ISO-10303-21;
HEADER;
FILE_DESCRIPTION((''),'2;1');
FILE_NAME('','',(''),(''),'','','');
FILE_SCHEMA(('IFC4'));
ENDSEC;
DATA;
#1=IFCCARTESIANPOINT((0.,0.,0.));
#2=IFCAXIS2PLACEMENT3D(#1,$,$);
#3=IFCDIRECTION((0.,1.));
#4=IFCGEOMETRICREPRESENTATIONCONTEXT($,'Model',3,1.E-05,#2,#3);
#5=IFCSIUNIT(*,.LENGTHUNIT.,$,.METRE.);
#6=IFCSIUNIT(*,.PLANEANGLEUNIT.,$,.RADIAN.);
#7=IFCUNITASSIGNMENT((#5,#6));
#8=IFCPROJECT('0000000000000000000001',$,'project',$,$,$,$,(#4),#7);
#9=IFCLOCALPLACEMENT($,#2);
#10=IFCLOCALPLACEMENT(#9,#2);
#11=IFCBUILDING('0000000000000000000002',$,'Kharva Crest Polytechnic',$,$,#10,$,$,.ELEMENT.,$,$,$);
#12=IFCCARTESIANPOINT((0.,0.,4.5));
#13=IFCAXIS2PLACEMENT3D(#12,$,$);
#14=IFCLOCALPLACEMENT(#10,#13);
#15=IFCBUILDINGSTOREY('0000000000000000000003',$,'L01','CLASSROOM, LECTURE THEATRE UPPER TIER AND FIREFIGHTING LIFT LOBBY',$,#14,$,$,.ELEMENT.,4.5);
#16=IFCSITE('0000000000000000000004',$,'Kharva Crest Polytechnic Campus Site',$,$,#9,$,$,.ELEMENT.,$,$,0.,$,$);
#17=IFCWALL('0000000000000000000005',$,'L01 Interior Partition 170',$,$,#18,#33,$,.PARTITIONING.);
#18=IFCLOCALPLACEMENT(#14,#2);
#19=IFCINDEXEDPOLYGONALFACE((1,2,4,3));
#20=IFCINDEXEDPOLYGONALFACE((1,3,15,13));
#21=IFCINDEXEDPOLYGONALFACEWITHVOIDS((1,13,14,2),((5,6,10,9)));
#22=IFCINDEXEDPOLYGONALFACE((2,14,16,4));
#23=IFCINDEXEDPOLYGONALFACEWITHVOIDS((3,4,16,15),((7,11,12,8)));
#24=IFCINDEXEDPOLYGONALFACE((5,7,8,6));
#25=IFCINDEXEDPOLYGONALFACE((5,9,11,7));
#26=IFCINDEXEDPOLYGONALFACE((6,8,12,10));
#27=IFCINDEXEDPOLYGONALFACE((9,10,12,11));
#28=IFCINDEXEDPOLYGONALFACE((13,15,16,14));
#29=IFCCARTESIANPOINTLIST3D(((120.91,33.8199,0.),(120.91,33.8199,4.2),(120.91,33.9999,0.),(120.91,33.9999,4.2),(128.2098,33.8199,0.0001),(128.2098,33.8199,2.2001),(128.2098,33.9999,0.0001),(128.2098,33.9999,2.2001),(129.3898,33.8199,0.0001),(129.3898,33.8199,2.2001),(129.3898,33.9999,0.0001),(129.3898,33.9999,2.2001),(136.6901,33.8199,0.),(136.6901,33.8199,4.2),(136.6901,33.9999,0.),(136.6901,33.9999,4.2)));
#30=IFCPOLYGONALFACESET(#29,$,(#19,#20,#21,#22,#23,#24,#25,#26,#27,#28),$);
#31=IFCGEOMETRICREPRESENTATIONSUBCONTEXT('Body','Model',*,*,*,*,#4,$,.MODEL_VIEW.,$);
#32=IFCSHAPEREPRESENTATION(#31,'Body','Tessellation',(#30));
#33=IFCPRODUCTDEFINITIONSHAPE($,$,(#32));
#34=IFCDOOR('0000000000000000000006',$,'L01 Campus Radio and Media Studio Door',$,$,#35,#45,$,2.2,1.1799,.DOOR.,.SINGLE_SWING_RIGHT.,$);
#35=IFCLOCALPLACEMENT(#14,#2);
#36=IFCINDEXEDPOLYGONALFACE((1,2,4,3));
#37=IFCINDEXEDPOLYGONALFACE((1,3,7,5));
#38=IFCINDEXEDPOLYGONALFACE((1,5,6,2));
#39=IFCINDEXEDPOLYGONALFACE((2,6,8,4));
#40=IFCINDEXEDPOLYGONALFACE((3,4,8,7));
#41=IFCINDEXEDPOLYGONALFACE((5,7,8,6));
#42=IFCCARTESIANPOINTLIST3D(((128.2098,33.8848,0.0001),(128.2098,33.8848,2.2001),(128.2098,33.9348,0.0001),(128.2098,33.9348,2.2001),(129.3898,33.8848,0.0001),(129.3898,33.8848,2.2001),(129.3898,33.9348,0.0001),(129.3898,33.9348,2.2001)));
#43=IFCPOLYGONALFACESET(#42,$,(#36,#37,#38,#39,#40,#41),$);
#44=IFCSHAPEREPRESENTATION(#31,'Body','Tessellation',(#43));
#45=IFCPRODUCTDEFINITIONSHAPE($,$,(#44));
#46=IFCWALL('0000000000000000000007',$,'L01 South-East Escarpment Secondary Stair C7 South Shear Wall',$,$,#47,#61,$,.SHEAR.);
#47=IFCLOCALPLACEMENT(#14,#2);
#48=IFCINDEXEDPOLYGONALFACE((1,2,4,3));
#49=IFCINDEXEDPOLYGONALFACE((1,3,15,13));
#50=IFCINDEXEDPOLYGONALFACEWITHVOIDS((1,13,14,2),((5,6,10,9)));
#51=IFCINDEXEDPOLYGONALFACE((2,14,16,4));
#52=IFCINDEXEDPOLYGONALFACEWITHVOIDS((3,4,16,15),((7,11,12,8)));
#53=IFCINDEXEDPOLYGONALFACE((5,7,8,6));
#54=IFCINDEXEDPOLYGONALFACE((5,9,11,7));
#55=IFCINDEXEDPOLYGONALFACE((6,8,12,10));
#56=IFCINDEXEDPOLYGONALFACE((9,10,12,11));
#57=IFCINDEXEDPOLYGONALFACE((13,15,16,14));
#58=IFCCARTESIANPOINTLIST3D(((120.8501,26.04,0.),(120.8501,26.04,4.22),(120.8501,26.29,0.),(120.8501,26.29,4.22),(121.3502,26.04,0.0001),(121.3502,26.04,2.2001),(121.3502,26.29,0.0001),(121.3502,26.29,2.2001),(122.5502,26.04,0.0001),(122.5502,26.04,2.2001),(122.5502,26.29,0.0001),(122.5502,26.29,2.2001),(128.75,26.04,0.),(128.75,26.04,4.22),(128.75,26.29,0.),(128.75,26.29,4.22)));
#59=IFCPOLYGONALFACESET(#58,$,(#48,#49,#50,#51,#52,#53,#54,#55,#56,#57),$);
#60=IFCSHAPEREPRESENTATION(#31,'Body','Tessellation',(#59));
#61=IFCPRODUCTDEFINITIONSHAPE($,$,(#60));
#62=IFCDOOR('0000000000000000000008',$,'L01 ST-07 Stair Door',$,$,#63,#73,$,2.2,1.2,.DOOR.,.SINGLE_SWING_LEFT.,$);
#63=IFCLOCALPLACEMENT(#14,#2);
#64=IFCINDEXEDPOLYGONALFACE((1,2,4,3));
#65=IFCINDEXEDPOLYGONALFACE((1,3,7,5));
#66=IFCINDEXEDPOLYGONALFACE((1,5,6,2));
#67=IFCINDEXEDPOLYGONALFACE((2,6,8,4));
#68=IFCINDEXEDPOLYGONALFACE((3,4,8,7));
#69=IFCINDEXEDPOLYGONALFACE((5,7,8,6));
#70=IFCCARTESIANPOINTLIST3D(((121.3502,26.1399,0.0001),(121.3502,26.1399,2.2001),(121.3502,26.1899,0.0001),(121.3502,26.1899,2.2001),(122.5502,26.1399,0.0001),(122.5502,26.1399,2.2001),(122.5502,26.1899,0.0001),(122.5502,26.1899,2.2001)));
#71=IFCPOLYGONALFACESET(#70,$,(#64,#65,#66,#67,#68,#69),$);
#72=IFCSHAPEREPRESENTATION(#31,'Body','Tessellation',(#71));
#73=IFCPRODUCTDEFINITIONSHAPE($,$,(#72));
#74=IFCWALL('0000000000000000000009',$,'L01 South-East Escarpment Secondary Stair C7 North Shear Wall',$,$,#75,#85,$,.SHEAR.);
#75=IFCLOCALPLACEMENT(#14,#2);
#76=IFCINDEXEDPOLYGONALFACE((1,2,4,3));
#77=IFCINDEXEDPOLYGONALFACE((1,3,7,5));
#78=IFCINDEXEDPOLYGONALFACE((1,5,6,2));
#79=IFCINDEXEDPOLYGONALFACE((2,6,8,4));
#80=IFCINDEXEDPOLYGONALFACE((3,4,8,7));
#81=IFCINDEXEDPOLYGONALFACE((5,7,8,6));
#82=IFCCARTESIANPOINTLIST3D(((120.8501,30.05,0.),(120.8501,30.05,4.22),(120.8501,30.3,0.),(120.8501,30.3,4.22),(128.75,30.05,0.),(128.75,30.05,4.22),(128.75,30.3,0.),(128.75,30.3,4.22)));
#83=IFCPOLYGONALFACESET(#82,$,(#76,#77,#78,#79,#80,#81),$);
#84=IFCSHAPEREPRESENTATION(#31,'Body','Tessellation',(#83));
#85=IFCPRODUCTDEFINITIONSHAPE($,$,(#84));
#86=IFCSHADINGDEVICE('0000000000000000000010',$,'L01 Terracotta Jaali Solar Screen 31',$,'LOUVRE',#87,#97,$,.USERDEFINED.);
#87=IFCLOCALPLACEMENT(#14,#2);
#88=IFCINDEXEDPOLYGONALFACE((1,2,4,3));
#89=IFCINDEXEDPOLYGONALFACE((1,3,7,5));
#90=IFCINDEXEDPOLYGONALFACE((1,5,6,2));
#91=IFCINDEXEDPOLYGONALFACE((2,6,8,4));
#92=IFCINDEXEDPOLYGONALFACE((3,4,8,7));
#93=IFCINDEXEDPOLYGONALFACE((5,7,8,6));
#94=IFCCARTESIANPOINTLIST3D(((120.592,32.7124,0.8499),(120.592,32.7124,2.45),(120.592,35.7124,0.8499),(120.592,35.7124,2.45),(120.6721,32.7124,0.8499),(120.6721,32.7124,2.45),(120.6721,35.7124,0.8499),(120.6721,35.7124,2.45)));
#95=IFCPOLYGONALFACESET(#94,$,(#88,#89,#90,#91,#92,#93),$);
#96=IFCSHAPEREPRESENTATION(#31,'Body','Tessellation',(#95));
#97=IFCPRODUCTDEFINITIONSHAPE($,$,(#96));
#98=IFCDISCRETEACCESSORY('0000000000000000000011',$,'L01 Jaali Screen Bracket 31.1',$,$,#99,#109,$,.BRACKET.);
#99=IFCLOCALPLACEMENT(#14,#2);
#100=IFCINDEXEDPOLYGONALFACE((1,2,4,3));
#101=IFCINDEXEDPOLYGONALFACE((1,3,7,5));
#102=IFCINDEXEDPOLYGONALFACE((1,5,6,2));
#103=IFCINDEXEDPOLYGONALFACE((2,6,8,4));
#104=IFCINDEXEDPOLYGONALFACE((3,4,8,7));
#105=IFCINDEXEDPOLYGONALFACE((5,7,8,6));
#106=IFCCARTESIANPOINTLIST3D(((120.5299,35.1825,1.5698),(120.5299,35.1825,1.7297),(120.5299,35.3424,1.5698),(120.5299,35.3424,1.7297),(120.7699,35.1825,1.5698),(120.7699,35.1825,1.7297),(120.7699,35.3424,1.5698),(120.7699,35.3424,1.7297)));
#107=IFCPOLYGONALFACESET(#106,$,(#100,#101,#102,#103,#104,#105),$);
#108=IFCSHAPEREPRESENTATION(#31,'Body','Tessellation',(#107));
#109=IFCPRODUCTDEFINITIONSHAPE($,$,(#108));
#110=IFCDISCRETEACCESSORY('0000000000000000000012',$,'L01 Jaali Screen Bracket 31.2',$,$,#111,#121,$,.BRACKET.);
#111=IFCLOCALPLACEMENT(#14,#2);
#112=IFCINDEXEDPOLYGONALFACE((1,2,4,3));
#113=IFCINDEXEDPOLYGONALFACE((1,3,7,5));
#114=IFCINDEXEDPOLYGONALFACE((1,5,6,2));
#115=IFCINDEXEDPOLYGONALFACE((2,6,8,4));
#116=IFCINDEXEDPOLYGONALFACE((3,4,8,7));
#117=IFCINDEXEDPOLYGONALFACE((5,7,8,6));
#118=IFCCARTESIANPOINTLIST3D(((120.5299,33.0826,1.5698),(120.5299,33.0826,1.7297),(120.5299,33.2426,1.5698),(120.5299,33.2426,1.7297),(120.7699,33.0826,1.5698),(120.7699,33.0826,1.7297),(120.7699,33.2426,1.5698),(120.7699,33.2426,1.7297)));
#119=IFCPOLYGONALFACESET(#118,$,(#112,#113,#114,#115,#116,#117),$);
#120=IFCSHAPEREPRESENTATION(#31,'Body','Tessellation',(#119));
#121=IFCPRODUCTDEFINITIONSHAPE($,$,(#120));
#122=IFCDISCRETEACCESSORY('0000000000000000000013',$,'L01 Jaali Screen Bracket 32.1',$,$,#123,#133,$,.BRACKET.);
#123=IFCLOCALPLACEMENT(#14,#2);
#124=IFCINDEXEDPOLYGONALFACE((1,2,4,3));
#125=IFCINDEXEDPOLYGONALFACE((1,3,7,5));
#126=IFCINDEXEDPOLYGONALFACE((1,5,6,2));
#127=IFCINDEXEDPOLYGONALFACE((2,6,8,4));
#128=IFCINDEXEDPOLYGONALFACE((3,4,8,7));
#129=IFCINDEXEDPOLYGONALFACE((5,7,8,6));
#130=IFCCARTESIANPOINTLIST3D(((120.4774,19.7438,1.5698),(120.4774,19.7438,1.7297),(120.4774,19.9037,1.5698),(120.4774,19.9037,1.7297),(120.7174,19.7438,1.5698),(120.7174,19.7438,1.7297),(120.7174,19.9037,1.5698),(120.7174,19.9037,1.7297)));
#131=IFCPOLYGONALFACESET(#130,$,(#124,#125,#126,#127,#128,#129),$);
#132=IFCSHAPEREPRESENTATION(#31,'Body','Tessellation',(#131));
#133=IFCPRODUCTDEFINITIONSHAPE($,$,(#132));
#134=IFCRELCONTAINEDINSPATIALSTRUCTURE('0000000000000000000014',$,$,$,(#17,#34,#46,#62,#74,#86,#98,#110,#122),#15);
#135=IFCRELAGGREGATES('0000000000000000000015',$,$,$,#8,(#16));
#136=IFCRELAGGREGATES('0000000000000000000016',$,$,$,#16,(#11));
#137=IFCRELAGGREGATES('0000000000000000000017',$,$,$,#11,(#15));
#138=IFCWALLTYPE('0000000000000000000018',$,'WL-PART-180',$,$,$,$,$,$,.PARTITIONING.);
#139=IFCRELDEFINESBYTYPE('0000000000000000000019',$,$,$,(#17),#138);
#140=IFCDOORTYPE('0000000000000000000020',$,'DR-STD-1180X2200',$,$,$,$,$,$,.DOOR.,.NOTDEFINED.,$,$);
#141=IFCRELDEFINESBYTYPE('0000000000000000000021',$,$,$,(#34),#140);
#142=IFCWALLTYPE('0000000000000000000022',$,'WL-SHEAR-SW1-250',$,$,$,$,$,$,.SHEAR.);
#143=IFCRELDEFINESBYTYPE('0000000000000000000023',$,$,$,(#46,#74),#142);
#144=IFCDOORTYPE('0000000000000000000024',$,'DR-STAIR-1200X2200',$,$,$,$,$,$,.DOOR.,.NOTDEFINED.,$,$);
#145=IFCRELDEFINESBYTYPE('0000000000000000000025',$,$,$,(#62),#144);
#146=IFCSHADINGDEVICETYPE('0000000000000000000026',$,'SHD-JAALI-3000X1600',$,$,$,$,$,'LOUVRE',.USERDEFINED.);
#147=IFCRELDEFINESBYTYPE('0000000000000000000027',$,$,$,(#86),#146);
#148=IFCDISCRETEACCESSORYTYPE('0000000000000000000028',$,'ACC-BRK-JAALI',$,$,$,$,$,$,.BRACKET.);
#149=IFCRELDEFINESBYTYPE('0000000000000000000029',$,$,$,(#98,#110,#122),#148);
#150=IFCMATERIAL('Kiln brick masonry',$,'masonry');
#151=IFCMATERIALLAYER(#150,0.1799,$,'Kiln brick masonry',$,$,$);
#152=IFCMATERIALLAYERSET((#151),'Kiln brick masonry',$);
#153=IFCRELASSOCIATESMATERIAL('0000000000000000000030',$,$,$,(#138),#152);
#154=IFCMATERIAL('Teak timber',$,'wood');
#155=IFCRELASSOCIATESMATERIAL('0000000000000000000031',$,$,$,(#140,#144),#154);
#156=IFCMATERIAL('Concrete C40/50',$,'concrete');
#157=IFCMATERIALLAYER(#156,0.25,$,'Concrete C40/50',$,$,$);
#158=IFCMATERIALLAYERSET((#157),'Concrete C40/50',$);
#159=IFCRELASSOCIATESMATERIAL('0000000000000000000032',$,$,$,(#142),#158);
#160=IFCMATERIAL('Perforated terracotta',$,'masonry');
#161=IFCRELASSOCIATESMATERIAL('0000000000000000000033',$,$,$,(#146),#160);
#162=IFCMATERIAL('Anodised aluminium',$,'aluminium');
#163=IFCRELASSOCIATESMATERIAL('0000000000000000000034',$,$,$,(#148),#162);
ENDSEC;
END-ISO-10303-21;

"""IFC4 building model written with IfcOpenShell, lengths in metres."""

from ifc_helpers import new_model, si_unit, direction, frame, frame_2d, origin, origin_2d, place, context, subcontext, project, spatial, rectangle, extrude, material, layer, layer_set, type_object, element, fill, save


model = new_model("IFC4")

# Units and contexts
model_context = context("Model", 3, precision=1e-05, world=origin(), true_north=direction((0.0, 1.0)))
body_context = subcontext(model_context, "Body", "Model", "MODEL_VIEW")
ifc_project = project(units=[si_unit("LENGTHUNIT", "METRE"), si_unit("PLANEANGLEUNIT", "RADIAN")], contexts=[model_context])

# Site, building, storey
site_placement = place(None, origin())
site = spatial("IfcSite", under=ifc_project, at=site_placement, Name="Kharva Crest Polytechnic Campus Site", CompositionType="ELEMENT", RefElevation=0.0)
building_placement = place(site_placement, origin())
building = spatial("IfcBuilding", under=site, at=building_placement, Name="Kharva Crest Polytechnic", CompositionType="ELEMENT")
storey_placement = place(building_placement, frame((0.0, 0.0, 4.5)))
storey = spatial("IfcBuildingStorey", under=building, at=storey_placement, Name="L01", Description="CLASSROOM, LECTURE THEATRE UPPER TIER AND FIREFIGHTING LIFT LOBBY", CompositionType="ELEMENT", Elevation=4.5)

# Shared definitions
ifc_material_1 = material(Name="Concrete C40/50", Category="concrete")

# Shared definitions
ifc_material_2 = material(Name="Kiln brick masonry", Category="masonry")
ifc_material_3 = material(Name="Anodised aluminium", Category="aluminium")

# Walls, openings, doors
ifc_layer_1 = layer(ifc_material_2, 0.1799, Name="Kiln brick masonry")
ifc_layer_set_1 = layer_set([ifc_layer_1], Name="Kiln brick masonry")
wall_type_1 = type_object("IfcWallType", Name="WL-PART-180", PredefinedType="PARTITIONING", material=ifc_layer_set_1)
wall_1_placement = place(storey_placement, frame((120.9099, 33.9099, 0.0), z_axis=(0.0, 0.0, 1.0), x_axis=(1.0, 0.0, 0.0)))
wall_1 = element("IfcWall", 1, at=wall_1_placement, inside=storey, type_object=wall_type_1, Name="L01 Interior Partition 170", PredefinedType="PARTITIONING", context=body_context, shape_type="SweptSolid", body=[
    extrude(rectangle(XDim=15.78, YDim=0.1799, at=frame_2d((7.8901, 0.0))), origin(), (0.0, 0.0, 1.0), 4.2),
])
opening_1_placement = place(wall_1_placement, frame((7.3, 0.0, 0.0)))
opening_1 = element("IfcOpeningElement", 2, at=opening_1_placement, cuts=wall_1, PredefinedType="OPENING", context=body_context, shape_type="SweptSolid", body=[
    extrude(rectangle(XDim=1.1799, YDim=2.2, at=frame_2d((0.5898, 1.1001))), frame((0.0, 0.0999, 0.0), z_axis=(0.0, -1.0, 0.0), x_axis=(1.0, 0.0, 0.0)), (0.0, 0.0, 1.0), 0.2),
])
ifc_material_4 = material(Name="Teak timber", Category="wood")
door_type_1 = type_object("IfcDoorType", Name="DR-STD-1180X2200", OperationType="NOTDEFINED", PredefinedType="DOOR", material=ifc_material_4)
door_1_placement = place(opening_1_placement, origin())
door_1 = element("IfcDoor", 3, at=door_1_placement, inside=storey, type_object=door_type_1, Name="L01 Campus Radio and Media Studio Door", OperationType="SINGLE_SWING_RIGHT", OverallHeight=2.2, OverallWidth=1.1799, PredefinedType="DOOR", context=body_context, shape_type="SweptSolid", body=[
    extrude(rectangle(XDim=1.1799, YDim=2.2, at=frame_2d((0.5898, 1.1001))), frame((0.0, 0.0249, 0.0), z_axis=(0.0, -1.0, 0.0), x_axis=(1.0, 0.0, 0.0)), (0.0, 0.0, 1.0), 0.05),
])
fill(opening_1, door_1)
ifc_layer_2 = layer(ifc_material_1, 0.25, Name="Concrete C40/50")
ifc_layer_set_2 = layer_set([ifc_layer_2], Name="Concrete C40/50")
wall_type_2 = type_object("IfcWallType", Name="WL-SHEAR-SW1-250", PredefinedType="SHEAR", material=ifc_layer_set_2)
wall_2_placement = place(storey_placement, frame((120.8501, 26.165, 0.0), z_axis=(0.0, 0.0, 1.0), x_axis=(1.0, 0.0, 0.0)))
wall_2 = element("IfcWall", 4, at=wall_2_placement, inside=storey, type_object=wall_type_2, Name="L01 South-East Escarpment Secondary Stair C7 South Shear Wall", PredefinedType="SHEAR", context=body_context, shape_type="SweptSolid", body=[
    extrude(rectangle(XDim=7.8999, YDim=0.25, at=frame_2d((3.95, 0.0))), origin(), (0.0, 0.0, 1.0), 4.22),
])
opening_2_placement = place(wall_2_placement, frame((0.5, 0.0, 0.0)))
opening_2 = element("IfcOpeningElement", 5, at=opening_2_placement, cuts=wall_2, PredefinedType="OPENING", context=body_context, shape_type="SweptSolid", body=[
    extrude(rectangle(XDim=1.2, YDim=2.2, at=frame_2d((0.6001, 1.1001))), frame((0.0, 0.135, 0.0), z_axis=(0.0, -1.0, 0.0), x_axis=(1.0, 0.0, 0.0)), (0.0, 0.0, 1.0), 0.27),
])
door_type_2 = type_object("IfcDoorType", Name="DR-STAIR-1200X2200", OperationType="NOTDEFINED", PredefinedType="DOOR", material=ifc_material_4)
door_2_placement = place(opening_2_placement, origin())
door_2 = element("IfcDoor", 6, at=door_2_placement, inside=storey, type_object=door_type_2, Name="L01 ST-07 Stair Door", OperationType="SINGLE_SWING_LEFT", OverallHeight=2.2, OverallWidth=1.2, PredefinedType="DOOR", context=body_context, shape_type="SweptSolid", body=[
    extrude(rectangle(XDim=1.2, YDim=2.2, at=frame_2d((0.6001, 1.1001))), frame((0.0, 0.0249, 0.0), z_axis=(0.0, -1.0, 0.0), x_axis=(1.0, 0.0, 0.0)), (0.0, 0.0, 1.0), 0.05),
])
fill(opening_2, door_2)

# Wall
wall_3_placement = place(storey_placement, frame((120.8501, 30.175, 0.0), z_axis=(0.0, 0.0, 1.0), x_axis=(1.0, 0.0, 0.0)))
element("IfcWall", 7, at=wall_3_placement, inside=storey, type_object=wall_type_2, Name="L01 South-East Escarpment Secondary Stair C7 North Shear Wall", PredefinedType="SHEAR", context=body_context, shape_type="SweptSolid", body=[
    extrude(rectangle(XDim=7.8999, YDim=0.25, at=frame_2d((3.95, 0.0))), origin(), (0.0, 0.0, 1.0), 4.22),
])

# Shading device
ifc_material_5 = material(Name="Perforated terracotta", Category="masonry")
shading_device_type = type_object("IfcShadingDeviceType", Name="SHD-JAALI-3000X1600", ElementType="LOUVRE", PredefinedType="USERDEFINED", material=ifc_material_5)
shading_device_placement = place(storey_placement, frame((120.6321, 34.2124, 0.8499), z_axis=(0.0, 0.0, 1.0), x_axis=(0.0, 1.0, 0.0)))
element("IfcShadingDevice", 8, at=shading_device_placement, inside=storey, type_object=shading_device_type, Name="L01 Terracotta Jaali Solar Screen 31", ObjectType="LOUVRE", PredefinedType="USERDEFINED", context=body_context, shape_type="SweptSolid", body=[
    extrude(rectangle(XDim=3.0, YDim=0.0801, at=origin_2d()), origin(), (0.0, 0.0, 1.0), 1.6001),
])

# Discrete accessories
discrete_accessory_type = type_object("IfcDiscreteAccessoryType", Name="ACC-BRK-JAALI", PredefinedType="BRACKET", material=ifc_material_3)
for number, where, z_axis, x_axis, name in (
    (9, (120.6499, 35.2625, 1.5698), (0.0, 0.0, 1.0), (0.0, 1.0, 0.0), "L01 Jaali Screen Bracket 31.1"),
    (10, (120.6499, 33.1626, 1.5698), (0.0, 0.0, 1.0), (0.0, 1.0, 0.0), "L01 Jaali Screen Bracket 31.2"),
    (11, (120.5974, 19.8237, 1.5698), (0.0, 0.0, 1.0), (0.0, 1.0, 0.0), "L01 Jaali Screen Bracket 32.1"),
):
    element("IfcDiscreteAccessory", number, at=place(storey_placement, frame(where, z_axis=z_axis, x_axis=x_axis)), inside=storey, type_object=discrete_accessory_type, Name=name, PredefinedType="BRACKET", context=body_context, shape_type="SweptSolid", body=[
        extrude(rectangle(XDim=0.1599, YDim=0.24, at=origin_2d()), origin(), (0.0, 0.0, 1.0), 0.1599),
    ])

save(model, "model.ifc")
